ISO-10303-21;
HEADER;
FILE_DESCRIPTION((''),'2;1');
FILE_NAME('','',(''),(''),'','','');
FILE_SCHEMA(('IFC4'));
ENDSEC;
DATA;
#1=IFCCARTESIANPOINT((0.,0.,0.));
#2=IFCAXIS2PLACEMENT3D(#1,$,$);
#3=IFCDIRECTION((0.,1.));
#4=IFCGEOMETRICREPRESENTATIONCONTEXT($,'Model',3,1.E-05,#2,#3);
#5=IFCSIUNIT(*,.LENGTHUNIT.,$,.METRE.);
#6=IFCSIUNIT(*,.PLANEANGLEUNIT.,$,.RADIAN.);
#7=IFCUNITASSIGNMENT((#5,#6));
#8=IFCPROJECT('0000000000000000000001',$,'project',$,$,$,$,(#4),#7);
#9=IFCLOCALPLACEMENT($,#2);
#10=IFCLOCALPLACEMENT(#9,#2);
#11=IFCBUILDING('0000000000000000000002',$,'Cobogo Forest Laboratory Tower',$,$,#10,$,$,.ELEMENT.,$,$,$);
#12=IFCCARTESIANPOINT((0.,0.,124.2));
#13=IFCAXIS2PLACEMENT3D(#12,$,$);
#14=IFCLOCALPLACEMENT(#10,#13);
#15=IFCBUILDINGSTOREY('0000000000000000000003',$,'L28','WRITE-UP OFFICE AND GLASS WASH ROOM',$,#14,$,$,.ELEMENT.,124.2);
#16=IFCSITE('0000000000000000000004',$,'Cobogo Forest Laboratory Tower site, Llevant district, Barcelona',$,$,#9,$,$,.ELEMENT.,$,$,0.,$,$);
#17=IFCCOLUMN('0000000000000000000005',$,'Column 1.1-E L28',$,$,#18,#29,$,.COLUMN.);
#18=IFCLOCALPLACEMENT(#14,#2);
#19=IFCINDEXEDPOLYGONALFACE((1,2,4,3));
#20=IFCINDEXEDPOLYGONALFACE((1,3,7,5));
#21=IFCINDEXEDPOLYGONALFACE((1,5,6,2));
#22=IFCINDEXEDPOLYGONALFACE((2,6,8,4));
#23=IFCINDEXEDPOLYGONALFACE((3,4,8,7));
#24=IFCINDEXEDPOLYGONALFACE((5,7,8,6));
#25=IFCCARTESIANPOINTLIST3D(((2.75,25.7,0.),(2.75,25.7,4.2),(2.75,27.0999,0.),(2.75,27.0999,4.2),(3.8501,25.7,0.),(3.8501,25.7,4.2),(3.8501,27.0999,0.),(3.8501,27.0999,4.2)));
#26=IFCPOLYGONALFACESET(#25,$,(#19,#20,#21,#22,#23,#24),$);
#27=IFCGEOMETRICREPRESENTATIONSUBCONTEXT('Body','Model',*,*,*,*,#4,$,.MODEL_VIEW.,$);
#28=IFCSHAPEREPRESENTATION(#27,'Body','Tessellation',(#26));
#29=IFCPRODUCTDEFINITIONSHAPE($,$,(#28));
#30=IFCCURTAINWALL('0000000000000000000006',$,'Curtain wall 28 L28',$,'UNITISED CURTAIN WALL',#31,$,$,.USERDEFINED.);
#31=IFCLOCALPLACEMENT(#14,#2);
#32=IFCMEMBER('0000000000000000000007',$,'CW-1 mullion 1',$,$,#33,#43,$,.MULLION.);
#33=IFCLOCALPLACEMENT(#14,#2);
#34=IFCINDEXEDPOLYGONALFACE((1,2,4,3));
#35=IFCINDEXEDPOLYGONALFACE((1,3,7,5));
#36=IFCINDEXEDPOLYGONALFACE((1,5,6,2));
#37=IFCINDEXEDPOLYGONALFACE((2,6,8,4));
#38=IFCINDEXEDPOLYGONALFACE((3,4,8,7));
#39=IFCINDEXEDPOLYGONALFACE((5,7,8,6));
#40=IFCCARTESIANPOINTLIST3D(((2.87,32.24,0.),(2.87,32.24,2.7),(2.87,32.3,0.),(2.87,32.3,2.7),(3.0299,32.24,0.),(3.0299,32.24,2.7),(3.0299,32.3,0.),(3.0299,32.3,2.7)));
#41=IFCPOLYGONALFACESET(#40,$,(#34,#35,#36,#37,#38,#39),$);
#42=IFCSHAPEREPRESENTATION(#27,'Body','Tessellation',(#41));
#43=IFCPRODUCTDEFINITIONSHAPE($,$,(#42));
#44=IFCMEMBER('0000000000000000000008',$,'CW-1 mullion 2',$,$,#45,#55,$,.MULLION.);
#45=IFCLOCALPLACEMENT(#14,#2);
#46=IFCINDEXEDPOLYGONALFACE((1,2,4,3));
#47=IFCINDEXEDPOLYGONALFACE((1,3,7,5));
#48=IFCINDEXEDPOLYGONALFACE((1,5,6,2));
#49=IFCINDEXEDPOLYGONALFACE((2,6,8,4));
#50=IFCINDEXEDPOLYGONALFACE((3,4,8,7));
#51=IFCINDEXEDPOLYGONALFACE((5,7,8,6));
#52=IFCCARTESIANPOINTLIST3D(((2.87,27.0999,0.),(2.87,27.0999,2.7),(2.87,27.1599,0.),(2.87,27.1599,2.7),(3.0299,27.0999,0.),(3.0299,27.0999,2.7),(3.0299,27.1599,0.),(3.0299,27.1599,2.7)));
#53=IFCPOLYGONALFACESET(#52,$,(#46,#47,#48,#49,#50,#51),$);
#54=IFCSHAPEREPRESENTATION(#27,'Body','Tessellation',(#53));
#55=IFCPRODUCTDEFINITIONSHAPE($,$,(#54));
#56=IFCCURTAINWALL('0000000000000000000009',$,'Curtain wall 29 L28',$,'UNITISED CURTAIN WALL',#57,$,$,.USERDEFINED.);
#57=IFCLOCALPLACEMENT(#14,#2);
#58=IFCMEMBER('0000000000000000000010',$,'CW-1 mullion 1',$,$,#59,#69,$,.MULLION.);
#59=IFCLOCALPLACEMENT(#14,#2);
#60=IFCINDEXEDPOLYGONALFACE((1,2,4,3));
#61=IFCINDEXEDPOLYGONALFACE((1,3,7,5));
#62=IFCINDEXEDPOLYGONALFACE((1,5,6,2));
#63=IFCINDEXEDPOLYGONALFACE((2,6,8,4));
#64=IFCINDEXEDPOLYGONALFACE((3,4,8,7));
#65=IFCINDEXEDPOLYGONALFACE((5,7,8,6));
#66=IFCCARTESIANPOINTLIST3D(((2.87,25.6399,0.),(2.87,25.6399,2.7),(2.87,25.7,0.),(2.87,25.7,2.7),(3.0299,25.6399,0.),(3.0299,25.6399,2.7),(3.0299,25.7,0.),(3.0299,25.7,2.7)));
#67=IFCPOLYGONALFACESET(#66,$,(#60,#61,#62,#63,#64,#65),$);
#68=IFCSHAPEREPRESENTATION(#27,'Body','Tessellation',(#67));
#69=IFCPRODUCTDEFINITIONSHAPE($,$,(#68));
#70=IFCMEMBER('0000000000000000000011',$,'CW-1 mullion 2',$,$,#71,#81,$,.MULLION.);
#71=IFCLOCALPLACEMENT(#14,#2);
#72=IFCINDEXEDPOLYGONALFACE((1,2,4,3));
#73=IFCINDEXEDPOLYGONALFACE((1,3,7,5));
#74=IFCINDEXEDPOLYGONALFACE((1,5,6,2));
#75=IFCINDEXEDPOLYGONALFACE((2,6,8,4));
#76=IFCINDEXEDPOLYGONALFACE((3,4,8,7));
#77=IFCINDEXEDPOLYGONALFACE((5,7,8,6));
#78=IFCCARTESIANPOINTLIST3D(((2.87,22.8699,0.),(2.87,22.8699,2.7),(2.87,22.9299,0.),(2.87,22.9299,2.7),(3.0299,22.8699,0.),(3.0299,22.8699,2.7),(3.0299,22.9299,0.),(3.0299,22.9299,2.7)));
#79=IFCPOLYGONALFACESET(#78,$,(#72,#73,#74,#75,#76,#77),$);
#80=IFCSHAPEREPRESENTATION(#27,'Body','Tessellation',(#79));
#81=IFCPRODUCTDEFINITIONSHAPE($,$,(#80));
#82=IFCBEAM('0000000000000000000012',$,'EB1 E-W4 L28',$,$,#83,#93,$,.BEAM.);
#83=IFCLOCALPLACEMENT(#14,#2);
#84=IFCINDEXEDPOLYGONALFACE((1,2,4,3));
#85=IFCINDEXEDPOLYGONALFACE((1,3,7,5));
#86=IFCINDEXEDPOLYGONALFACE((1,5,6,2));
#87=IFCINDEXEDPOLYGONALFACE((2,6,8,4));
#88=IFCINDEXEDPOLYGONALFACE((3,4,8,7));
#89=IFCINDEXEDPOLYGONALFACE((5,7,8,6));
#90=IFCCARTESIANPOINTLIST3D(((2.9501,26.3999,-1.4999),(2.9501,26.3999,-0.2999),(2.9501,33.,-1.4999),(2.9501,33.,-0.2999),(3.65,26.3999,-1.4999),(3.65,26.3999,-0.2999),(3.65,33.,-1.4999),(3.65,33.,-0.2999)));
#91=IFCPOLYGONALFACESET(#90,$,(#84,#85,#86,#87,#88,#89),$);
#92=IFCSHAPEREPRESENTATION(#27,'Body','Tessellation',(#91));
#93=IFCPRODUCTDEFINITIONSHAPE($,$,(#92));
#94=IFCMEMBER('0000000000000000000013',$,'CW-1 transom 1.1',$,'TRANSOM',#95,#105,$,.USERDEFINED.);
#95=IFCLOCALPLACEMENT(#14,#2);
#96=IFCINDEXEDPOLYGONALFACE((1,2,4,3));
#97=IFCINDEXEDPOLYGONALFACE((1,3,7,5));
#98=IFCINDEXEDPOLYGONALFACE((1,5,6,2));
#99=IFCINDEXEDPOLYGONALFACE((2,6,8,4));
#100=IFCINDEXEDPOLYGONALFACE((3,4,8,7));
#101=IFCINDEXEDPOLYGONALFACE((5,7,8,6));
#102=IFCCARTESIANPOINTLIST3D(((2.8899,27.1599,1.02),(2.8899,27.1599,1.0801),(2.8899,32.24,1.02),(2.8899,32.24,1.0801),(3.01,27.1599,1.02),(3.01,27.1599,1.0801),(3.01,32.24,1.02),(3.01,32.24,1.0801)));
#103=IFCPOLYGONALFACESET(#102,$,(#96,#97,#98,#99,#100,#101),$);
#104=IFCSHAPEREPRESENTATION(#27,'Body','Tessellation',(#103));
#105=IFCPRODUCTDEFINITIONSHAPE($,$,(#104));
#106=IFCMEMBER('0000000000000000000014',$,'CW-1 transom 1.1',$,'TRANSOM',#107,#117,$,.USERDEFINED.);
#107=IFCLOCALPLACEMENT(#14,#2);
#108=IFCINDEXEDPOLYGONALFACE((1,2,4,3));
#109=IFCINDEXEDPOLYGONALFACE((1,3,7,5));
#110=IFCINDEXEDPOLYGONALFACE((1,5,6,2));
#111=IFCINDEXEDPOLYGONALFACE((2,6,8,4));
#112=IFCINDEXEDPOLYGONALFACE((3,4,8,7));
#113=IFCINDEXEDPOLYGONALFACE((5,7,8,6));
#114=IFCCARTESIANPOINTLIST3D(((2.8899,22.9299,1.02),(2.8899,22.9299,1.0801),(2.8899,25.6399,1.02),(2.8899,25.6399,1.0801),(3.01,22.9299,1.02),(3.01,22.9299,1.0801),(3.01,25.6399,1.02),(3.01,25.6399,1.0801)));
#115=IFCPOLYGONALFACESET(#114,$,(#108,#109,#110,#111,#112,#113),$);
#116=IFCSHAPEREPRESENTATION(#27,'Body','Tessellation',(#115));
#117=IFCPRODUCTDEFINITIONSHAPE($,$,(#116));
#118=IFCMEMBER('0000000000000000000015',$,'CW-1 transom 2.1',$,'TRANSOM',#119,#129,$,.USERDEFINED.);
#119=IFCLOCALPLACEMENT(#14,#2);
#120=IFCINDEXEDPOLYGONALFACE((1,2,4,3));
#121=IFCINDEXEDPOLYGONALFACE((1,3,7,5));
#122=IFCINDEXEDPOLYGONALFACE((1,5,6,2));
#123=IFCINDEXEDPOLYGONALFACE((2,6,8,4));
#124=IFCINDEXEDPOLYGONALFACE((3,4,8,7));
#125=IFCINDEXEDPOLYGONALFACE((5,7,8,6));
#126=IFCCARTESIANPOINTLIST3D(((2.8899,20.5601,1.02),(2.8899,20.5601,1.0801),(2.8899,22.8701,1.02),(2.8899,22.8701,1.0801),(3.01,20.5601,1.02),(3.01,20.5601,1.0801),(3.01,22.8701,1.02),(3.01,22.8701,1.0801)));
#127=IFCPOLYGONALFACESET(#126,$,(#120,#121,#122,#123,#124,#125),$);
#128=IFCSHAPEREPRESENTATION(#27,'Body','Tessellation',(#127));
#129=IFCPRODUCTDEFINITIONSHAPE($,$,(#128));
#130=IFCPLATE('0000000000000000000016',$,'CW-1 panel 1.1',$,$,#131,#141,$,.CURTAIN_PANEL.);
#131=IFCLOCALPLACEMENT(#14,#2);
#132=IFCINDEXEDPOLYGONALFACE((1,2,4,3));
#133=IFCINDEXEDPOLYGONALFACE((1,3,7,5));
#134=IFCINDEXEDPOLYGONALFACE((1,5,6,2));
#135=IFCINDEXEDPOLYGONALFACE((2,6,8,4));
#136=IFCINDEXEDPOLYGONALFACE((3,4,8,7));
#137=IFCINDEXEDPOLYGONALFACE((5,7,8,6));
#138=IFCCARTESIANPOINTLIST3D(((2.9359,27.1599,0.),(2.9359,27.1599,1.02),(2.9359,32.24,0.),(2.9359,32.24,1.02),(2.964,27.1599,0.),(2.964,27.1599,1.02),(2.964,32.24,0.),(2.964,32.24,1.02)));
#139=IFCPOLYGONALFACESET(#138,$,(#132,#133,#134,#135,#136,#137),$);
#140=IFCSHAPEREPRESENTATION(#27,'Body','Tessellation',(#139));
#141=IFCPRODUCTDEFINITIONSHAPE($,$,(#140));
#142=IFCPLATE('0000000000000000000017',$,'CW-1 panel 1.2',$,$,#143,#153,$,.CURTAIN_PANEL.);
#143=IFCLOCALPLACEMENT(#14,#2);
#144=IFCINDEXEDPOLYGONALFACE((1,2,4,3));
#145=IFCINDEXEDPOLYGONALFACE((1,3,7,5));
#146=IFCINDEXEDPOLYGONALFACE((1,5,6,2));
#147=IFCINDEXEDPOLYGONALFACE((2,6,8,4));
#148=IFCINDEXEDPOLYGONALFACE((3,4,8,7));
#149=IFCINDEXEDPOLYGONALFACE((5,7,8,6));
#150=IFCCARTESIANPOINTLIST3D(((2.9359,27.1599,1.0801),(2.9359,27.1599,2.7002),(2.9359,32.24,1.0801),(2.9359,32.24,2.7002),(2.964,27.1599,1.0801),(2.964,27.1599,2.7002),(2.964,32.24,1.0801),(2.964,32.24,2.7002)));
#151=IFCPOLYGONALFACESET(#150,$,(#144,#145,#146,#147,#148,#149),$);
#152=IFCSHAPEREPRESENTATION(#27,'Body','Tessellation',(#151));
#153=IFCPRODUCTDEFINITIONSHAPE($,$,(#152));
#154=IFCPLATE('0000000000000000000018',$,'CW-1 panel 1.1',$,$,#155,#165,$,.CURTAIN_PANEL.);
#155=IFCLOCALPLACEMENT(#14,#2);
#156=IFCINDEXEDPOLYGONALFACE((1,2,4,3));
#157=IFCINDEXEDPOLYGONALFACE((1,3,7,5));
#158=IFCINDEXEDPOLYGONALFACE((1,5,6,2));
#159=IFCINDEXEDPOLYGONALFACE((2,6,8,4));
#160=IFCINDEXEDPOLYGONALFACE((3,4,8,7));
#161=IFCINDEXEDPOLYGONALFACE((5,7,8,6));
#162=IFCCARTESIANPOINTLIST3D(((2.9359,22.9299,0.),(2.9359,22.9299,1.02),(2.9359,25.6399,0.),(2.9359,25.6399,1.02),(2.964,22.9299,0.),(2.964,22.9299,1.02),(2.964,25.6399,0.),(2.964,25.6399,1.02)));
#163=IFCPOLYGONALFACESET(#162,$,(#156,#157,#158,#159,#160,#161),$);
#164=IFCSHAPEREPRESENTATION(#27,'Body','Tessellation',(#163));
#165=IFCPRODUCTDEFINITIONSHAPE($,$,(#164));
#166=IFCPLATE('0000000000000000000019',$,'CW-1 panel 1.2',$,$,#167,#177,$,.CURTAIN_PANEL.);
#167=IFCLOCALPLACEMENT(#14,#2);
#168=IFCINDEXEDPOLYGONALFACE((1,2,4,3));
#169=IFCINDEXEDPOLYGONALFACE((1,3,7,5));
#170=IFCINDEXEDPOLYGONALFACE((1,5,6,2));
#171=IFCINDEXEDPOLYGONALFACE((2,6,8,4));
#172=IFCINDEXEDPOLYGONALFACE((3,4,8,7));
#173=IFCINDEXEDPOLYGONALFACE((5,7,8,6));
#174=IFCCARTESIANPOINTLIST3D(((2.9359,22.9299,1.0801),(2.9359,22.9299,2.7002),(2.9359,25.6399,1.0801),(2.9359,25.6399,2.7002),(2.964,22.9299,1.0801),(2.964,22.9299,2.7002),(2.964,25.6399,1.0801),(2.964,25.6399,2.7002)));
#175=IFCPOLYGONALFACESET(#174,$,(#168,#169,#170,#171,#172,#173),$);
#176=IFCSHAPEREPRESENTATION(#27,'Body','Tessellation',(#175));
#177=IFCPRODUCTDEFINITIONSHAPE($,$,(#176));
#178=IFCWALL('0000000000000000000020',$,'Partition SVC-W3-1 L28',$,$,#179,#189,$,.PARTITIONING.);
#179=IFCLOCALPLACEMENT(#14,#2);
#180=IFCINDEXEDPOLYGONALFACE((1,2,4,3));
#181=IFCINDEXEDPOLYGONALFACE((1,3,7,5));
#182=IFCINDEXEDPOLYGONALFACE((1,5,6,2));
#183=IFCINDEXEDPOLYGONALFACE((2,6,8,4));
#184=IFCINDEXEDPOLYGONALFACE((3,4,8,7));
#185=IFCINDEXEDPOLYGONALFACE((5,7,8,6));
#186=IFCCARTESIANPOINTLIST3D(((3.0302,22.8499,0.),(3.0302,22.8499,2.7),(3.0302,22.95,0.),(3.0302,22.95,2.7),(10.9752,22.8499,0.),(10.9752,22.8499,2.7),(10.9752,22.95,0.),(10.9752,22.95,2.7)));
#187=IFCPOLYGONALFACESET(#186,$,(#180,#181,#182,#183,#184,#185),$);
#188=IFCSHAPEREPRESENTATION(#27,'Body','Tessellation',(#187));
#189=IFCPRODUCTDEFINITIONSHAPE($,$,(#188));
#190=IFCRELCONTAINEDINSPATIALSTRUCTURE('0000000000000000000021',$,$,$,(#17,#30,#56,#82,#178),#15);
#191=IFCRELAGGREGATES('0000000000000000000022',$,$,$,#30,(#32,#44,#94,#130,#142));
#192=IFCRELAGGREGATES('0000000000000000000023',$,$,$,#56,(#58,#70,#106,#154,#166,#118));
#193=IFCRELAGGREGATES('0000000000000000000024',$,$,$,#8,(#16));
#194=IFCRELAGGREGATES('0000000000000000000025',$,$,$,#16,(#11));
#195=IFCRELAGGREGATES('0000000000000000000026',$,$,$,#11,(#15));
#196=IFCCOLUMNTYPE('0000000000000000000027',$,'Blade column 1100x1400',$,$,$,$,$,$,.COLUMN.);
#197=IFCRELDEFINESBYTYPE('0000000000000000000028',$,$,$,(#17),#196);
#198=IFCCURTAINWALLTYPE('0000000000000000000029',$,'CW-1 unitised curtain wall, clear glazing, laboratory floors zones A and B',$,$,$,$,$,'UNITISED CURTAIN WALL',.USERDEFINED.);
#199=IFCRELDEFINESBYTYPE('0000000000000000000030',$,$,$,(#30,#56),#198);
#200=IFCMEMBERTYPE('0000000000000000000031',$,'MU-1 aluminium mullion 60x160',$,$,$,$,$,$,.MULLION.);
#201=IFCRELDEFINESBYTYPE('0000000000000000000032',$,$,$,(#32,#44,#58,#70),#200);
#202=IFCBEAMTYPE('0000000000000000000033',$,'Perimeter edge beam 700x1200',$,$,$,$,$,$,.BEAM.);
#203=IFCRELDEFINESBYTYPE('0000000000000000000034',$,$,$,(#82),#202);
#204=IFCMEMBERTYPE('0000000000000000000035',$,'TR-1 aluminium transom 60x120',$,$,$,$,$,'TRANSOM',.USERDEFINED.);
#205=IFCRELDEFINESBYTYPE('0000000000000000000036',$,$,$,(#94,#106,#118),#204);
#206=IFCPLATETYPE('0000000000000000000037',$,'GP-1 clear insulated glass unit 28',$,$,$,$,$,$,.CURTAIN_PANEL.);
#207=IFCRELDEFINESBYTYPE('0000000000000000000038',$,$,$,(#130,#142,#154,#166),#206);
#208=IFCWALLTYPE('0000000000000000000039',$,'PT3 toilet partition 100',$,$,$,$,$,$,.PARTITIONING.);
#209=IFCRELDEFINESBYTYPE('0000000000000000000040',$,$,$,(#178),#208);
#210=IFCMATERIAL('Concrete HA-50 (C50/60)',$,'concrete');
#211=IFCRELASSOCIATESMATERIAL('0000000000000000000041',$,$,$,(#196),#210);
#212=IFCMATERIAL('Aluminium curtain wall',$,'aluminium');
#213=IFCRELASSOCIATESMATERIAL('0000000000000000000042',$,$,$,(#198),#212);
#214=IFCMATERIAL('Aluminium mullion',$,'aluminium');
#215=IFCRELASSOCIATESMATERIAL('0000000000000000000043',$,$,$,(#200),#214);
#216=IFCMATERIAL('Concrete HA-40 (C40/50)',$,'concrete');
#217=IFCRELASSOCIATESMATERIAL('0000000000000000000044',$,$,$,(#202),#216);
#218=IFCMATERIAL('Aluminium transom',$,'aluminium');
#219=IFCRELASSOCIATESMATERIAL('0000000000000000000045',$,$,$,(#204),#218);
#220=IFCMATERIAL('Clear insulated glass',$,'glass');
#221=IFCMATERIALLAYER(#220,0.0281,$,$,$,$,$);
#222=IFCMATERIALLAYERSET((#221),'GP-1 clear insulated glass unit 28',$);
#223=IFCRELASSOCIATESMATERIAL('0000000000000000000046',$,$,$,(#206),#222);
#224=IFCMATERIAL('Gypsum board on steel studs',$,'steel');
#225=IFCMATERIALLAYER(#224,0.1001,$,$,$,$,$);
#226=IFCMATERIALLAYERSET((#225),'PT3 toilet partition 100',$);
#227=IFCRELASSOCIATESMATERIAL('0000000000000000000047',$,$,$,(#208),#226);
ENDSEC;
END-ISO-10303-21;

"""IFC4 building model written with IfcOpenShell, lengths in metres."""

from ifc_helpers import new_model, si_unit, direction, frame, frame_2d, origin, origin_2d, place, context, subcontext, project, spatial, rectangle, extrude, material, layer, layer_set, material_profile, profile_set, type_object, element, aggregate, save


model = new_model("IFC4")

# Units and contexts
model_context = context("Model", 3, precision=1e-05, world=origin(), true_north=direction((0.0, 1.0)))
body_context = subcontext(model_context, "Body", "Model", "MODEL_VIEW")
ifc_project = project(units=[si_unit("LENGTHUNIT", "METRE"), si_unit("PLANEANGLEUNIT", "RADIAN")], contexts=[model_context])

# Site, building, storey
site_placement = place(None, origin())
site = spatial("IfcSite", under=ifc_project, at=site_placement, Name="Cobogo Forest Laboratory Tower site, Llevant district, Barcelona", CompositionType="ELEMENT", RefElevation=0.0)
building_placement = place(site_placement, origin())
building = spatial("IfcBuilding", under=site, at=building_placement, Name="Cobogo Forest Laboratory Tower", CompositionType="ELEMENT")
storey_placement = place(building_placement, frame((0.0, 0.0, 124.2)))
storey = spatial("IfcBuildingStorey", under=building, at=storey_placement, Name="L28", Description="WRITE-UP OFFICE AND GLASS WASH ROOM", CompositionType="ELEMENT", Elevation=124.2)

# Column
ifc_material_1 = material(Name="Concrete HA-50 (C50/60)", Category="concrete")
ifc_material_profile_1 = material_profile(ifc_material_1, rectangle(XDim=1.3999, YDim=1.1001, at=origin_2d()), Name="RC 1100x1400")
ifc_profile_set_1 = profile_set([ifc_material_profile_1], Name="Concrete HA-50 (C50/60)")
column_type = type_object("IfcColumnType", Name="Blade column 1100x1400", PredefinedType="COLUMN", material=ifc_profile_set_1)
column_placement = place(storey_placement, frame((3.3, 26.3999, 0.0), z_axis=(0.0, 0.0, 1.0), x_axis=(0.0, 1.0, 0.0)))
element("IfcColumn", 1, at=column_placement, inside=storey, type_object=column_type, Name="Column 1.1-E L28", PredefinedType="COLUMN", context=body_context, shape_type="SweptSolid", body=[
    extrude(rectangle(XDim=1.3999, YDim=1.1001, at=origin_2d()), origin(), (0.0, 0.0, 1.0), 4.2),
])

# Curtain walls, members
ifc_material_2 = material(Name="Aluminium curtain wall", Category="aluminium")
curtain_wall_type = type_object("IfcCurtainWallType", Name="CW-1 unitised curtain wall, clear glazing, laboratory floors zones A and B", ElementType="UNITISED CURTAIN WALL", PredefinedType="USERDEFINED", material=ifc_material_2)
curtain_wall_1_placement = place(storey_placement, origin())
curtain_wall_1 = element("IfcCurtainWall", 2, at=curtain_wall_1_placement, inside=storey, type_object=curtain_wall_type, Name="Curtain wall 28 L28", ObjectType="UNITISED CURTAIN WALL", PredefinedType="USERDEFINED")
ifc_material_3 = material(Name="Aluminium mullion", Category="aluminium")
ifc_material_profile_2 = material_profile(ifc_material_3, rectangle(XDim=0.0601, YDim=0.1599, at=origin_2d()), Name="AL 60x160")
ifc_profile_set_2 = profile_set([ifc_material_profile_2], Name="Aluminium mullion")
member_type_1 = type_object("IfcMemberType", Name="MU-1 aluminium mullion 60x160", PredefinedType="MULLION", material=ifc_profile_set_2)
member_1_placement = place(storey_placement, frame((2.95, 32.27, 0.0), z_axis=(0.0, 0.0, 1.0), x_axis=(0.0, -1.0, 0.0)))
member_1 = element("IfcMember", 3, at=member_1_placement, type_object=member_type_1, Name="CW-1 mullion 1", PredefinedType="MULLION", context=body_context, shape_type="SweptSolid", body=[
    extrude(rectangle(XDim=0.0601, YDim=0.1599, at=origin_2d()), origin(), (0.0, 0.0, 1.0), 2.7),
])
member_2_placement = place(storey_placement, frame((2.95, 27.1299, 0.0), z_axis=(0.0, 0.0, 1.0), x_axis=(0.0, -1.0, 0.0)))
member_2 = element("IfcMember", 4, at=member_2_placement, type_object=member_type_1, Name="CW-1 mullion 2", PredefinedType="MULLION", context=body_context, shape_type="SweptSolid", body=[
    extrude(rectangle(XDim=0.0601, YDim=0.1599, at=origin_2d()), origin(), (0.0, 0.0, 1.0), 2.7),
])
curtain_wall_2_placement = place(storey_placement, origin())
curtain_wall_2 = element("IfcCurtainWall", 5, at=curtain_wall_2_placement, inside=storey, type_object=curtain_wall_type, Name="Curtain wall 29 L28", ObjectType="UNITISED CURTAIN WALL", PredefinedType="USERDEFINED")
member_3_placement = place(storey_placement, frame((2.95, 25.6699, 0.0), z_axis=(0.0, 0.0, 1.0), x_axis=(0.0, -1.0, 0.0)))
member_3 = element("IfcMember", 6, at=member_3_placement, type_object=member_type_1, Name="CW-1 mullion 1", PredefinedType="MULLION", context=body_context, shape_type="SweptSolid", body=[
    extrude(rectangle(XDim=0.0601, YDim=0.1599, at=origin_2d()), origin(), (0.0, 0.0, 1.0), 2.7),
])
member_4_placement = place(storey_placement, frame((2.95, 22.8999, 0.0), z_axis=(0.0, 0.0, 1.0), x_axis=(0.0, -1.0, 0.0)))
member_4 = element("IfcMember", 7, at=member_4_placement, type_object=member_type_1, Name="CW-1 mullion 2", PredefinedType="MULLION", context=body_context, shape_type="SweptSolid", body=[
    extrude(rectangle(XDim=0.0601, YDim=0.1599, at=origin_2d()), origin(), (0.0, 0.0, 1.0), 2.7),
])

# Beam
ifc_material_4 = material(Name="Concrete HA-40 (C40/50)", Category="concrete")
ifc_material_profile_3 = material_profile(ifc_material_4, rectangle(XDim=0.7, YDim=1.2, at=origin_2d()), Name="RC 700x1200")
ifc_profile_set_3 = profile_set([ifc_material_profile_3], Name="Concrete HA-40 (C40/50)")
beam_type = type_object("IfcBeamType", Name="Perimeter edge beam 700x1200", PredefinedType="BEAM", material=ifc_profile_set_3)
beam_placement = place(storey_placement, frame((3.3, 26.3999, -0.8999), z_axis=(0.0, 1.0, 0.0), x_axis=(-1.0, 0.0, 0.0)))
element("IfcBeam", 8, at=beam_placement, inside=storey, type_object=beam_type, Name="EB1 E-W4 L28", PredefinedType="BEAM", context=body_context, shape_type="SweptSolid", body=[
    extrude(rectangle(XDim=0.7, YDim=1.2, at=origin_2d()), origin(), (0.0, 0.0, 1.0), 6.6001),
])

# Members
ifc_material_5 = material(Name="Aluminium transom", Category="aluminium")
ifc_material_profile_4 = material_profile(ifc_material_5, rectangle(XDim=0.1201, YDim=0.0601, at=origin_2d()), Name="AL 60x120")
ifc_profile_set_4 = profile_set([ifc_material_profile_4], Name="Aluminium transom")
member_type_2 = type_object("IfcMemberType", Name="TR-1 aluminium transom 60x120", ElementType="TRANSOM", PredefinedType="USERDEFINED", material=ifc_profile_set_4)
member_5_placement = place(storey_placement, frame((2.95, 32.24, 1.05), z_axis=(0.0, -1.0, 0.0), x_axis=(1.0, 0.0, 0.0)))
member_5 = element("IfcMember", 9, at=member_5_placement, type_object=member_type_2, Name="CW-1 transom 1.1", ObjectType="TRANSOM", PredefinedType="USERDEFINED", context=body_context, shape_type="SweptSolid", body=[
    extrude(rectangle(XDim=0.1201, YDim=0.0601, at=origin_2d()), origin(), (0.0, 0.0, 1.0), 5.0801),
])
member_6_placement = place(storey_placement, frame((2.95, 25.6399, 1.05), z_axis=(0.0, -1.0, 0.0), x_axis=(1.0, 0.0, 0.0)))
member_6 = element("IfcMember", 10, at=member_6_placement, type_object=member_type_2, Name="CW-1 transom 1.1", ObjectType="TRANSOM", PredefinedType="USERDEFINED", context=body_context, shape_type="SweptSolid", body=[
    extrude(rectangle(XDim=0.1201, YDim=0.0601, at=origin_2d()), origin(), (0.0, 0.0, 1.0), 2.71),
])
member_7_placement = place(storey_placement, frame((2.95, 22.8701, 1.05), z_axis=(0.0, -1.0, 0.0), x_axis=(1.0, 0.0, 0.0)))
member_7 = element("IfcMember", 11, at=member_7_placement, type_object=member_type_2, Name="CW-1 transom 2.1", ObjectType="TRANSOM", PredefinedType="USERDEFINED", context=body_context, shape_type="SweptSolid", body=[
    extrude(rectangle(XDim=0.1201, YDim=0.0601, at=origin_2d()), origin(), (0.0, 0.0, 1.0), 2.3101),
])

# Plates
ifc_material_6 = material(Name="Clear insulated glass", Category="glass")
ifc_layer_1 = layer(ifc_material_6, 0.0281)
ifc_layer_set_1 = layer_set([ifc_layer_1], Name="GP-1 clear insulated glass unit 28")
plate_type_1 = type_object("IfcPlateType", Name="GP-1 clear insulated glass unit 28", PredefinedType="CURTAIN_PANEL", material=ifc_layer_set_1)
plate_1_placement = place(storey_placement, frame((2.95, 29.7, 0.0), z_axis=(0.0, 0.0, 1.0), x_axis=(0.0, -1.0, 0.0)))
plate_1 = element("IfcPlate", 12, at=plate_1_placement, type_object=plate_type_1, Name="CW-1 panel 1.1", PredefinedType="CURTAIN_PANEL", context=body_context, shape_type="SweptSolid", body=[
    extrude(rectangle(XDim=5.0801, YDim=0.0281, at=origin_2d()), origin(), (0.0, 0.0, 1.0), 1.02),
])
plate_2_placement = place(storey_placement, frame((2.95, 29.7, 1.0801), z_axis=(0.0, 0.0, 1.0), x_axis=(0.0, -1.0, 0.0)))
plate_2 = element("IfcPlate", 13, at=plate_2_placement, type_object=plate_type_1, Name="CW-1 panel 1.2", PredefinedType="CURTAIN_PANEL", context=body_context, shape_type="SweptSolid", body=[
    extrude(rectangle(XDim=5.0801, YDim=0.0281, at=origin_2d()), origin(), (0.0, 0.0, 1.0), 1.6201),
])
aggregate(curtain_wall_1, [member_1, member_2, member_5, plate_1, plate_2])
plate_3_placement = place(storey_placement, frame((2.95, 24.2849, 0.0), z_axis=(0.0, 0.0, 1.0), x_axis=(0.0, -1.0, 0.0)))
plate_3 = element("IfcPlate", 14, at=plate_3_placement, type_object=plate_type_1, Name="CW-1 panel 1.1", PredefinedType="CURTAIN_PANEL", context=body_context, shape_type="SweptSolid", body=[
    extrude(rectangle(XDim=2.71, YDim=0.0281, at=origin_2d()), origin(), (0.0, 0.0, 1.0), 1.02),
])
plate_4_placement = place(storey_placement, frame((2.95, 24.2849, 1.0801), z_axis=(0.0, 0.0, 1.0), x_axis=(0.0, -1.0, 0.0)))
plate_4 = element("IfcPlate", 15, at=plate_4_placement, type_object=plate_type_1, Name="CW-1 panel 1.2", PredefinedType="CURTAIN_PANEL", context=body_context, shape_type="SweptSolid", body=[
    extrude(rectangle(XDim=2.71, YDim=0.0281, at=origin_2d()), origin(), (0.0, 0.0, 1.0), 1.6201),
])
aggregate(curtain_wall_2, [member_3, member_4, member_6, plate_3, plate_4, member_7])

# Wall
ifc_material_7 = material(Name="Gypsum board on steel studs", Category="steel")
ifc_layer_2 = layer(ifc_material_7, 0.1001)
ifc_layer_set_2 = layer_set([ifc_layer_2], Name="PT3 toilet partition 100")
wall_type = type_object("IfcWallType", Name="PT3 toilet partition 100", PredefinedType="PARTITIONING", material=ifc_layer_set_2)
wall_placement = place(storey_placement, frame((3.03, 22.8999, 0.0), z_axis=(0.0, 0.0, 1.0), x_axis=(1.0, 0.0, 0.0)))
element("IfcWall", 16, at=wall_placement, inside=storey, type_object=wall_type, Name="Partition SVC-W3-1 L28", PredefinedType="PARTITIONING", context=body_context, shape_type="SweptSolid", body=[
    extrude(rectangle(XDim=7.9451, YDim=0.1001, at=frame_2d((3.9727, 0.0))), origin(), (0.0, 0.0, 1.0), 2.7),
])

save(model, "model.ifc")
